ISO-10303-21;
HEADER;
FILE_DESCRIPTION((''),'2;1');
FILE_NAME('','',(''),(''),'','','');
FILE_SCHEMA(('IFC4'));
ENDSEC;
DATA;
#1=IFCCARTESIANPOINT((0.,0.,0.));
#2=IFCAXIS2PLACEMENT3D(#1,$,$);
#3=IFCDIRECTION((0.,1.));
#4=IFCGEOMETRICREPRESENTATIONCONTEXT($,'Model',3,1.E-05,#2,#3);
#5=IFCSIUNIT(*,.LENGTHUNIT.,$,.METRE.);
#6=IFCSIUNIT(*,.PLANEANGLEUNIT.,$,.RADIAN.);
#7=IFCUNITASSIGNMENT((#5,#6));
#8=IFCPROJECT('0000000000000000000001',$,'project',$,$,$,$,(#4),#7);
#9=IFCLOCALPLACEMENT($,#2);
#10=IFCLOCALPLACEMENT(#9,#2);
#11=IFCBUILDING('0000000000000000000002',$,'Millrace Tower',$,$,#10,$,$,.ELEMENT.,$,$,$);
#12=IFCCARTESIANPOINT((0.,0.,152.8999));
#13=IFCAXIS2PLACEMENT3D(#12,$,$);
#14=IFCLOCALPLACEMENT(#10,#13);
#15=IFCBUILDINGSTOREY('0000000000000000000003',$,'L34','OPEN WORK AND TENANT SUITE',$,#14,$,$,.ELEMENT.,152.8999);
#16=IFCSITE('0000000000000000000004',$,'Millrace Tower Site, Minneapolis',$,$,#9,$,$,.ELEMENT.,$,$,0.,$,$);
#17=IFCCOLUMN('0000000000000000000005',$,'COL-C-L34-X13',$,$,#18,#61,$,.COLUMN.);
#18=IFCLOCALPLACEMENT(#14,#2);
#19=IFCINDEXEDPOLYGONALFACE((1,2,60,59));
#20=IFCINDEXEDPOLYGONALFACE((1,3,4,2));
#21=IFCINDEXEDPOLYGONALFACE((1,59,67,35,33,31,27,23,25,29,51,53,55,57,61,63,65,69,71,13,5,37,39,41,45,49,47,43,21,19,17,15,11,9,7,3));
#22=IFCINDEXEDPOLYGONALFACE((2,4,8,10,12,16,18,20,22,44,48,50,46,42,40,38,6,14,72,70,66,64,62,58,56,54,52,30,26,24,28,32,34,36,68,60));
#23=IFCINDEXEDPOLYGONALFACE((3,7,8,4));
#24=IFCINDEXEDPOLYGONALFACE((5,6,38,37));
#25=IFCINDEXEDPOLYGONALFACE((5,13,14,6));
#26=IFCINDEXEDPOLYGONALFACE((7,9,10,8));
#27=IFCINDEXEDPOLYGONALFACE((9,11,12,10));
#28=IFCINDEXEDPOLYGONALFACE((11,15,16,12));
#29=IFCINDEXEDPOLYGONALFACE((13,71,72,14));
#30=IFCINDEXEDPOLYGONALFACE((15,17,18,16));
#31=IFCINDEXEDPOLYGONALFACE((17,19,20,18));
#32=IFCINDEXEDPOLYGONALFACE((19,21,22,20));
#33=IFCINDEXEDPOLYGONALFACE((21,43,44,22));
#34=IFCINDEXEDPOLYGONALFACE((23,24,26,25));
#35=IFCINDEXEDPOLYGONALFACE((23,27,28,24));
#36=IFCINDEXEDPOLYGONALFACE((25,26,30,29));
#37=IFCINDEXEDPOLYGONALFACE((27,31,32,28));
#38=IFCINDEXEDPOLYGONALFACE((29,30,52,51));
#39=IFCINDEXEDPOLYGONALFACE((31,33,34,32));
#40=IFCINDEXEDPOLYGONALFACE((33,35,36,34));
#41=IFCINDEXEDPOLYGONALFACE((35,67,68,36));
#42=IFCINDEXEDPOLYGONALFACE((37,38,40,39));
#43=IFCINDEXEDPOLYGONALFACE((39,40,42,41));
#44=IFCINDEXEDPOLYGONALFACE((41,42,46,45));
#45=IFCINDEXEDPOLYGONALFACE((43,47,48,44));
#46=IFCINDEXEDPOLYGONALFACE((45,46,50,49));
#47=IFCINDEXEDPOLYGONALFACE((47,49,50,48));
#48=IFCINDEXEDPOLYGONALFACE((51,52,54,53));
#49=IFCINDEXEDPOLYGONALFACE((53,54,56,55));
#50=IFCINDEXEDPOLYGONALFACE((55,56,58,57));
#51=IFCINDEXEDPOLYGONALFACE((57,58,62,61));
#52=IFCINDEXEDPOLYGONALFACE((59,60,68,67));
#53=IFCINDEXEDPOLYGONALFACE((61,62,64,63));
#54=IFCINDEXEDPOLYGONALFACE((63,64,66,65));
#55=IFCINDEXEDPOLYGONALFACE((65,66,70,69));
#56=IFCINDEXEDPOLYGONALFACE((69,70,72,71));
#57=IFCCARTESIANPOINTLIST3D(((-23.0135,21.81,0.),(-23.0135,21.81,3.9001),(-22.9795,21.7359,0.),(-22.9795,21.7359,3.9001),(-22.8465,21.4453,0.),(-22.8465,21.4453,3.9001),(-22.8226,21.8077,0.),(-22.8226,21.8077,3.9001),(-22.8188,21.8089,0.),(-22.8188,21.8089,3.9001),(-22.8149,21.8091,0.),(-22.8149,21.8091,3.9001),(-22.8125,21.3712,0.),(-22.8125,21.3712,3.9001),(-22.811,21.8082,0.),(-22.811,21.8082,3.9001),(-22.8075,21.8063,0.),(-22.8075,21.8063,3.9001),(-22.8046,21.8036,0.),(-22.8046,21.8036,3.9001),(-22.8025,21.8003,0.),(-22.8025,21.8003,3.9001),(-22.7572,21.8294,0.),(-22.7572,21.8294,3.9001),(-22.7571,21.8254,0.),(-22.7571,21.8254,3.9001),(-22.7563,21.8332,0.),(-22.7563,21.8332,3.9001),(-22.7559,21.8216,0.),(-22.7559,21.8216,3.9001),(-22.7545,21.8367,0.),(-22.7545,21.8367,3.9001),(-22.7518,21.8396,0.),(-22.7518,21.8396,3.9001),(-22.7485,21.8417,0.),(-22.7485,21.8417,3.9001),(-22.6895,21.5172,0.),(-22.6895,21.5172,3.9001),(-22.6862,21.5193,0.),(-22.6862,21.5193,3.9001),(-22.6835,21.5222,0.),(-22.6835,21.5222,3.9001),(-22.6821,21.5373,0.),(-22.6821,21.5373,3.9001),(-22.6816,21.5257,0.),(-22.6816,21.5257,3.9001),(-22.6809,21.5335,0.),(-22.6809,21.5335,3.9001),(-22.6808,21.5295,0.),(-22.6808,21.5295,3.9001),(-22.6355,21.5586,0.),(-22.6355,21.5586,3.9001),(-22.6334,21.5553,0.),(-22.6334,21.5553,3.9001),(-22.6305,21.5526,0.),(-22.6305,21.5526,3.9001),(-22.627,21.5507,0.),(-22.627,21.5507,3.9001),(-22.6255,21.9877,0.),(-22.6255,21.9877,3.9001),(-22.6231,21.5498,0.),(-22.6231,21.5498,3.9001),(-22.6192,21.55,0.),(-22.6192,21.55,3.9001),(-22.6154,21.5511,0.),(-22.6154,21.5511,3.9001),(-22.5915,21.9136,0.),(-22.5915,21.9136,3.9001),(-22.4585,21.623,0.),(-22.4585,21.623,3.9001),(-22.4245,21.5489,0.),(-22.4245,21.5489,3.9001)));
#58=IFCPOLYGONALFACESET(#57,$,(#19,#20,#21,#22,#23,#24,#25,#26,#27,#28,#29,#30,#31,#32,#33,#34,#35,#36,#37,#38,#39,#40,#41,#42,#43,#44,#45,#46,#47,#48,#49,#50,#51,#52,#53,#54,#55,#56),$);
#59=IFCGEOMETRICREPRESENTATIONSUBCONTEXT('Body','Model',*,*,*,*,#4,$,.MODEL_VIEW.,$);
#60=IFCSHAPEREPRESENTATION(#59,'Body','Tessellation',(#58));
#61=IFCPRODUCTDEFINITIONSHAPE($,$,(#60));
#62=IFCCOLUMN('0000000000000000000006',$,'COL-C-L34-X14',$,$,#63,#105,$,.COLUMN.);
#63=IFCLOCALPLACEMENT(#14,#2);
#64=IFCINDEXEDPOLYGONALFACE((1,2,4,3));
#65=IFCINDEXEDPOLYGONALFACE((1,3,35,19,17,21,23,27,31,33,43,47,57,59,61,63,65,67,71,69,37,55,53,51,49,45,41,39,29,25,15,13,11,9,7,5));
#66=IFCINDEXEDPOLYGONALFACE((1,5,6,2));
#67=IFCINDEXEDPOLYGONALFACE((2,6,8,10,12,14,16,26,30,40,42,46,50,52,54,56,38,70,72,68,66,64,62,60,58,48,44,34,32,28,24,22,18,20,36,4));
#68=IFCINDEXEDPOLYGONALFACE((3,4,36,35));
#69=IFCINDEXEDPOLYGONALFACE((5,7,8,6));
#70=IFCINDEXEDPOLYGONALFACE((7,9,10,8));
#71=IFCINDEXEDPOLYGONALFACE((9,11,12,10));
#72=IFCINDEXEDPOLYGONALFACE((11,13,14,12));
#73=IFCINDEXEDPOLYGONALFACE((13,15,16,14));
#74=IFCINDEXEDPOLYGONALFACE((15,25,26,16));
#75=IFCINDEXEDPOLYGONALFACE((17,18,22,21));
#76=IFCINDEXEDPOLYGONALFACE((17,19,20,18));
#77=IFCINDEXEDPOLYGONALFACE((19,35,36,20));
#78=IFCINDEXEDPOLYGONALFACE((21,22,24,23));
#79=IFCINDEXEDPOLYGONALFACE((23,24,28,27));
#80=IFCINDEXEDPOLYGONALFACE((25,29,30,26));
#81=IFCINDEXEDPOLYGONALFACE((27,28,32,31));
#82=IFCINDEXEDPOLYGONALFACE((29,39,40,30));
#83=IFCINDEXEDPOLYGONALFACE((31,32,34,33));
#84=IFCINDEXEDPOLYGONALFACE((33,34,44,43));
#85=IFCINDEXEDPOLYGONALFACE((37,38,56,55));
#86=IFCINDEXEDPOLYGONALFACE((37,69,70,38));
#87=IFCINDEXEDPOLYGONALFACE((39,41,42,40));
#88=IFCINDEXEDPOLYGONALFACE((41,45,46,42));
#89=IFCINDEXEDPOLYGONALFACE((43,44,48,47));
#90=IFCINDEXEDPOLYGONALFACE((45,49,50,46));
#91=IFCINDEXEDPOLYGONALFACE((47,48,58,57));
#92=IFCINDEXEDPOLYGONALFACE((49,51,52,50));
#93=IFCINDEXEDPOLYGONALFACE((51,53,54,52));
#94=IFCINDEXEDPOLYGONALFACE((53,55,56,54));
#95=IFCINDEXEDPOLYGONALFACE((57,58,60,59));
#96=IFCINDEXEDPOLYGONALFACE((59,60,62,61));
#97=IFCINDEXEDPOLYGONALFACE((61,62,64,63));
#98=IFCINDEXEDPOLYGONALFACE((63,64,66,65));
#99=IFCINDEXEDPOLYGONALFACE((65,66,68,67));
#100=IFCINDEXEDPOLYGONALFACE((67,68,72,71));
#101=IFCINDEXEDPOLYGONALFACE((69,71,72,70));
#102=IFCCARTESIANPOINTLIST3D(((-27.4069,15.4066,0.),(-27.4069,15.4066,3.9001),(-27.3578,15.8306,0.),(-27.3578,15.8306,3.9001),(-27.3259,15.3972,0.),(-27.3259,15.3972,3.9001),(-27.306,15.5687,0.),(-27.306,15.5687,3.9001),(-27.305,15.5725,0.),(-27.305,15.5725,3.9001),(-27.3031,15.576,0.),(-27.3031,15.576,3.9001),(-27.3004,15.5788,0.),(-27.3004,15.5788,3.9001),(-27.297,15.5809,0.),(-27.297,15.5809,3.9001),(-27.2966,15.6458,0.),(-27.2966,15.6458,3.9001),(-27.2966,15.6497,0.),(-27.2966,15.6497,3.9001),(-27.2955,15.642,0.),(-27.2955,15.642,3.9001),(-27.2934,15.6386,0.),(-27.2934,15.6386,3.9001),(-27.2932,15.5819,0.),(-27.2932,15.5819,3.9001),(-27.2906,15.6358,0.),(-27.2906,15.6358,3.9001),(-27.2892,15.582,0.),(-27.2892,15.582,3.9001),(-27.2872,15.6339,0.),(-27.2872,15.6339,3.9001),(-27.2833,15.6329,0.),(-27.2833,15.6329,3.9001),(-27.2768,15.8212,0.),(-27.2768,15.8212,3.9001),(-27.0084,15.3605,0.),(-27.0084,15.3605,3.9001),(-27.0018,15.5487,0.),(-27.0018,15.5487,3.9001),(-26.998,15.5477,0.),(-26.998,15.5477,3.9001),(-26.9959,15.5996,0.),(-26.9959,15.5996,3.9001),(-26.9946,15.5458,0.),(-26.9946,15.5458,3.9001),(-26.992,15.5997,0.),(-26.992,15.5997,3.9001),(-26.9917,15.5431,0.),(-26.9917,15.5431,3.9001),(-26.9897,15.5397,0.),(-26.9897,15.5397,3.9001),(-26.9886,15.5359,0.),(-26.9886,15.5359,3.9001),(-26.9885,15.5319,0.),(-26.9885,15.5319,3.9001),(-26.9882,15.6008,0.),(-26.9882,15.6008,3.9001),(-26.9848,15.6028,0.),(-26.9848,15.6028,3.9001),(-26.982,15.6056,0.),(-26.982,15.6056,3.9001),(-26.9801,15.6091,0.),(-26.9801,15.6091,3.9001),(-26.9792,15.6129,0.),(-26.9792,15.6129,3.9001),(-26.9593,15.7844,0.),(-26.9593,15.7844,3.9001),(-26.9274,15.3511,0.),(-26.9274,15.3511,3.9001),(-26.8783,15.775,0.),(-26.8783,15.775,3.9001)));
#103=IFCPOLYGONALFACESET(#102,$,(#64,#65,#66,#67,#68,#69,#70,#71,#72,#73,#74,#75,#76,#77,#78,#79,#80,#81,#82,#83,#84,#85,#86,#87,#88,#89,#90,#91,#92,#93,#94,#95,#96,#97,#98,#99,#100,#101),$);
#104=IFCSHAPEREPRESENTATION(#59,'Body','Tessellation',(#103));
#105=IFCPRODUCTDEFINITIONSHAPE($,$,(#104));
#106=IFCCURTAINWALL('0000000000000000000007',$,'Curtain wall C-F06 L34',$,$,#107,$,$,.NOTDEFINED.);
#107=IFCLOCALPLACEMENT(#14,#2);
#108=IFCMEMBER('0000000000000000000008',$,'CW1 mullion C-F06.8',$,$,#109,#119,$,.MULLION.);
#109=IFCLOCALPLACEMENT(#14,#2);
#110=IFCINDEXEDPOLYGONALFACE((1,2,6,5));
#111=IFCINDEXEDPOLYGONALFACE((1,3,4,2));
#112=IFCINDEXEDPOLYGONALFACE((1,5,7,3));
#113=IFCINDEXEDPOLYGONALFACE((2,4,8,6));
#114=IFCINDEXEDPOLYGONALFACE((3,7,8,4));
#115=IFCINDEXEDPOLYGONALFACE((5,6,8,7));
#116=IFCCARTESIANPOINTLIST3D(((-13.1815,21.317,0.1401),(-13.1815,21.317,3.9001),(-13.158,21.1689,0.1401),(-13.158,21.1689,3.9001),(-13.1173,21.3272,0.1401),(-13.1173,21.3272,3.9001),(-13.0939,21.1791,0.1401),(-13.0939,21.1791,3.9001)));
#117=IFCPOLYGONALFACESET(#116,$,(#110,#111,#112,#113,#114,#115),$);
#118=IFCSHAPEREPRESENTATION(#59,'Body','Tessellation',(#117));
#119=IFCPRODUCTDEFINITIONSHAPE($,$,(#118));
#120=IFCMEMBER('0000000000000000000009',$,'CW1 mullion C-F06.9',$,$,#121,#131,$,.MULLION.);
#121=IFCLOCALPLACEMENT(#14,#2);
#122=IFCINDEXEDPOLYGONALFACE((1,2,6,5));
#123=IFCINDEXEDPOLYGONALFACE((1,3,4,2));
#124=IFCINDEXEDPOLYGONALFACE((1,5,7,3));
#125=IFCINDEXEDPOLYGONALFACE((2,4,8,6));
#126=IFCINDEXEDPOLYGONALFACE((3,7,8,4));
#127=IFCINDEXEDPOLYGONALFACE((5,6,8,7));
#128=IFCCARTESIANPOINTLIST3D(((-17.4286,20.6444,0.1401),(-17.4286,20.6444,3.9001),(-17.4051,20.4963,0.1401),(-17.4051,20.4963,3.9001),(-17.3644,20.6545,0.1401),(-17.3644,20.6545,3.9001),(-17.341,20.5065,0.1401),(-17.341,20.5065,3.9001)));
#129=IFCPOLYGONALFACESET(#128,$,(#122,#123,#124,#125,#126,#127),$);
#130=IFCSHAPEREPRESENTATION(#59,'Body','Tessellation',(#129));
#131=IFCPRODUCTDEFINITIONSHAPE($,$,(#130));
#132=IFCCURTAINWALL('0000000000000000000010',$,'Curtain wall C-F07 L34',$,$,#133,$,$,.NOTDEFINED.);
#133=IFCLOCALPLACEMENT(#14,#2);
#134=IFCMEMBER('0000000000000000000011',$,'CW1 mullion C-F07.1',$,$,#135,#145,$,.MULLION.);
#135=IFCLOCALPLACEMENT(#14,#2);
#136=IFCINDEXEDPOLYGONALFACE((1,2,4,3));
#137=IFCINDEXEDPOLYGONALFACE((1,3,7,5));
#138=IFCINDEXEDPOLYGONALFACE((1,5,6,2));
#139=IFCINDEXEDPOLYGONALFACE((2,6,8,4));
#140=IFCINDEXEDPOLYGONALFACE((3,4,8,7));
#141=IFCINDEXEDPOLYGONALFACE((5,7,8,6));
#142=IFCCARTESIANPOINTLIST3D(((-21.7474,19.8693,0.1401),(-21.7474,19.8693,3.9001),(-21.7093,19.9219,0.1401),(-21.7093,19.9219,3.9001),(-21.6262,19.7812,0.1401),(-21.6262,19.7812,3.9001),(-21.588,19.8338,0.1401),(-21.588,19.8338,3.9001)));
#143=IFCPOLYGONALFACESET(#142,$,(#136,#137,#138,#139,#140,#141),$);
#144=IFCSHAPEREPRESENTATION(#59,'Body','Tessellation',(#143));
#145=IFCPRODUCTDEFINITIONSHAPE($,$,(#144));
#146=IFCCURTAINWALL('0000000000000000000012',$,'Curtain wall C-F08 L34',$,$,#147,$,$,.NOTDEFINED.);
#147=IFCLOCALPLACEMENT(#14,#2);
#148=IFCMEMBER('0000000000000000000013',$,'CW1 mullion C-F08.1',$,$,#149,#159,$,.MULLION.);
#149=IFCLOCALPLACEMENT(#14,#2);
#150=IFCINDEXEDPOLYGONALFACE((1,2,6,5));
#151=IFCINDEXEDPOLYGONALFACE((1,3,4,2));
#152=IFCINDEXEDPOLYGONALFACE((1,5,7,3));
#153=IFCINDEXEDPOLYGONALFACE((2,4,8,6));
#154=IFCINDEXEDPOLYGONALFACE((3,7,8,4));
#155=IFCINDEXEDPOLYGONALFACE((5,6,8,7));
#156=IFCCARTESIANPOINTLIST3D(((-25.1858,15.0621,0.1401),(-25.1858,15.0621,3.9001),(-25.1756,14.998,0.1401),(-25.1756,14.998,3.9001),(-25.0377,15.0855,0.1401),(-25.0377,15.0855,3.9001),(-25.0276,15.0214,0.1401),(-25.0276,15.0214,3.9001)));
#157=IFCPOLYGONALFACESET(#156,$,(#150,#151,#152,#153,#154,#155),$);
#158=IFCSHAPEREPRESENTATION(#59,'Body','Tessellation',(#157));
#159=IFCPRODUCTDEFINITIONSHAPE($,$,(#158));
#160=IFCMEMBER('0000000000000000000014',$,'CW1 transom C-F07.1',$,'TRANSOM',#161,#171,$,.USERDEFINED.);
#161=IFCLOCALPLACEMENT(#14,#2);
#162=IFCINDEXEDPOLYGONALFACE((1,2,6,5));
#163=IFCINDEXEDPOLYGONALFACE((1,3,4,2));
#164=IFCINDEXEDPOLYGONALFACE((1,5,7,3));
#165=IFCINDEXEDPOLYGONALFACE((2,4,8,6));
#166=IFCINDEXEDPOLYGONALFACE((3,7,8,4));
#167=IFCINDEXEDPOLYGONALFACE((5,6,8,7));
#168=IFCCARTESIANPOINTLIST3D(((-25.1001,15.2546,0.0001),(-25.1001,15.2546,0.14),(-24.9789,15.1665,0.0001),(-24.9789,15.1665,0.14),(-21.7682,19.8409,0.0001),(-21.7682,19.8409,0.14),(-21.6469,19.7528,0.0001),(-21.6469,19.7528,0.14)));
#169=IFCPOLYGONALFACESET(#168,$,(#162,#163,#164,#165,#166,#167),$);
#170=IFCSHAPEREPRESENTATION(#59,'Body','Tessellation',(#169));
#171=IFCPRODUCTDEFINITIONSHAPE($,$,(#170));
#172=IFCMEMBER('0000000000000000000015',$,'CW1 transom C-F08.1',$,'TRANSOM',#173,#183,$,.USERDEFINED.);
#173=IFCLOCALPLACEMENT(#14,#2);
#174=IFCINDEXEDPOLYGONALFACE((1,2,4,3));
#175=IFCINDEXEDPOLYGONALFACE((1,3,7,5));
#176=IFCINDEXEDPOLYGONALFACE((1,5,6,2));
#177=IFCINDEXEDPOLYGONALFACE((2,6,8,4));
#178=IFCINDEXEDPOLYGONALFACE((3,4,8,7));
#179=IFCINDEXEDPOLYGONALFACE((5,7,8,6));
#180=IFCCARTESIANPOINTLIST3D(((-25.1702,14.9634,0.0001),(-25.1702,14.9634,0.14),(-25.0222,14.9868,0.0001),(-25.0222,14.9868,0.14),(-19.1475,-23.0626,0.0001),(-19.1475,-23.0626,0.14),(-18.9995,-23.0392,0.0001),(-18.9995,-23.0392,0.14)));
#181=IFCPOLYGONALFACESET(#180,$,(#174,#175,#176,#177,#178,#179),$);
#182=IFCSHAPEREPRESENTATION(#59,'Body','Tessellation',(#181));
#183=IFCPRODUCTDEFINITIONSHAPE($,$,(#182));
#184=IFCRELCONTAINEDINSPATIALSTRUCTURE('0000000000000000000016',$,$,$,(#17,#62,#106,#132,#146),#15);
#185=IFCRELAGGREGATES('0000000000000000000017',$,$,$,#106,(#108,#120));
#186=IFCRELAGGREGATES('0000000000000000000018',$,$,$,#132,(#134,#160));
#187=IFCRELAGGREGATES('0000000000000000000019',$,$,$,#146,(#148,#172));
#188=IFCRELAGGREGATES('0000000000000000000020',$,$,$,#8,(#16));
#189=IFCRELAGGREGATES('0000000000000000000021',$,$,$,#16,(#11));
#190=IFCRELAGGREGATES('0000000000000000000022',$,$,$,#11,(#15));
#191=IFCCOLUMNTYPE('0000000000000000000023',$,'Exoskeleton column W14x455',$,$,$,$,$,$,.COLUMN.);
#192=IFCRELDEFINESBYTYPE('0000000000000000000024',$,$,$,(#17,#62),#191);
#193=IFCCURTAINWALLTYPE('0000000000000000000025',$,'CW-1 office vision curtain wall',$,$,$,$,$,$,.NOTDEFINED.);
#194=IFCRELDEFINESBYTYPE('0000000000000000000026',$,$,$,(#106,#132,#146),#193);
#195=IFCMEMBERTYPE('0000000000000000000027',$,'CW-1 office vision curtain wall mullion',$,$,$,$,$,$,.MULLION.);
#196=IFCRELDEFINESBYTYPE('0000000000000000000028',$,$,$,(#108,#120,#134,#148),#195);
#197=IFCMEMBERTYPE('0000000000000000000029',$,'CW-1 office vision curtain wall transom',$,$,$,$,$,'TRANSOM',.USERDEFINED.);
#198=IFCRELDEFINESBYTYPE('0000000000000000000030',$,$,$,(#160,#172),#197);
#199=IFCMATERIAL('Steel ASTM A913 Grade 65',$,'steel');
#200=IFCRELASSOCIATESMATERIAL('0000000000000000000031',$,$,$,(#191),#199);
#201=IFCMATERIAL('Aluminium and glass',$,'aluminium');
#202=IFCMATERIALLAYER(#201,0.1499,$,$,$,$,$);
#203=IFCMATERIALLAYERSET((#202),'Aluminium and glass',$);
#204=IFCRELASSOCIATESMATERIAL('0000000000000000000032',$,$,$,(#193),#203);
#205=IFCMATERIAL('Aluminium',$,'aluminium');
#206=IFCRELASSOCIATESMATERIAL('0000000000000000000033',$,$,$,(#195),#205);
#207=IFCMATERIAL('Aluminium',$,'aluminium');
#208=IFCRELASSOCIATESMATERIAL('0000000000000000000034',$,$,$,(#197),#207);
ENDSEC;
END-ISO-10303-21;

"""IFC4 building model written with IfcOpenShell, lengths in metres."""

from ifc_helpers import new_model, si_unit, direction, frame, origin, origin_2d, place, context, subcontext, project, spatial, rectangle, i_section, extrude, material, layer, layer_set, material_profile, profile_set, type_object, element, aggregate, save


model = new_model("IFC4")

# Units and contexts
model_context = context("Model", 3, precision=1e-05, world=origin(), true_north=direction((0.0, 1.0)))
body_context = subcontext(model_context, "Body", "Model", "MODEL_VIEW")
ifc_project = project(units=[si_unit("LENGTHUNIT", "METRE"), si_unit("PLANEANGLEUNIT", "RADIAN")], contexts=[model_context])

# Site, building, storey
site_placement = place(None, origin())
site = spatial("IfcSite", under=ifc_project, at=site_placement, Name="Millrace Tower Site, Minneapolis", CompositionType="ELEMENT", RefElevation=0.0)
building_placement = place(site_placement, origin())
building = spatial("IfcBuilding", under=site, at=building_placement, Name="Millrace Tower", CompositionType="ELEMENT")
storey_placement = place(building_placement, frame((0.0, 0.0, 152.8999)))
storey = spatial("IfcBuildingStorey", under=building, at=storey_placement, Name="L34", Description="OPEN WORK AND TENANT SUITE", CompositionType="ELEMENT", Elevation=152.8999)

# Columns
ifc_material_1 = material(Name="Steel ASTM A913 Grade 65", Category="steel")
ifc_material_profile_1 = material_profile(ifc_material_1, i_section(OverallWidth=0.4268, OverallDepth=0.4827, WebThickness=0.0513, FlangeThickness=0.0815, FilletRadius=0.0151, at=origin_2d()))
ifc_profile_set_1 = profile_set([ifc_material_profile_1], Name="Steel ASTM A913 Grade 65")
column_type = type_object("IfcColumnType", Name="Exoskeleton column W14x455", PredefinedType="COLUMN", material=ifc_profile_set_1)
for number, where, z_axis, x_axis, name in (
    (1, (-22.719, 21.6794, 0.0), (0.0, 0.0, 1.0), (-0.909181, -0.416401, 0.0), "COL-C-L34-X13"),
    (2, (-27.1426, 15.5908, 0.0), (0.0, 0.0, 1.0), (-0.115069, -0.993358, 0.0), "COL-C-L34-X14"),
):
    element("IfcColumn", number, at=place(storey_placement, frame(where, z_axis=z_axis, x_axis=x_axis)), inside=storey, type_object=column_type, Name=name, PredefinedType="COLUMN", context=body_context, shape_type="SweptSolid", body=[
        extrude(i_section(OverallWidth=0.4268, OverallDepth=0.4827, WebThickness=0.0513, FlangeThickness=0.0815, FilletRadius=0.0151, at=origin_2d()), origin(), (0.0, 0.0, 1.0), 3.9001),
    ])

# Curtain wall, members
ifc_material_2 = material(Name="Aluminium and glass", Category="aluminium")
ifc_layer_1 = layer(ifc_material_2, 0.1499)
ifc_layer_set_1 = layer_set([ifc_layer_1], Name="Aluminium and glass")
curtain_wall_type = type_object("IfcCurtainWallType", Name="CW-1 office vision curtain wall", PredefinedType="NOTDEFINED", material=ifc_layer_set_1)
placement = place(storey_placement, origin())
curtain_wall_1 = element("IfcCurtainWall", 3, at=placement, inside=storey, type_object=curtain_wall_type, Name="Curtain wall C-F06 L34", PredefinedType="NOTDEFINED")
ifc_material_3 = material(Name="Aluminium", Category="aluminium")
ifc_material_profile_2 = material_profile(ifc_material_3, rectangle(XDim=0.0649, YDim=0.1499, at=origin_2d()))
ifc_profile_set_2 = profile_set([ifc_material_profile_2], Name="Aluminium")
member_type_1 = type_object("IfcMemberType", Name="CW-1 office vision curtain wall mullion", PredefinedType="MULLION", material=ifc_profile_set_2)
member_1_placement = place(storey_placement, frame((-13.1377, 21.248, 0.1401), z_axis=(0.0, 0.0, 1.0), x_axis=(-0.987688, -0.156434, 0.0)))
member_1 = element("IfcMember", 4, at=member_1_placement, type_object=member_type_1, Name="CW1 mullion C-F06.8", PredefinedType="MULLION", context=body_context, shape_type="SweptSolid", body=[
    extrude(rectangle(XDim=0.0649, YDim=0.1499, at=origin_2d()), origin(), (0.0, 0.0, 1.0), 3.76),
])
member_2_placement = place(storey_placement, frame((-17.3848, 20.5754, 0.1401), z_axis=(0.0, 0.0, 1.0), x_axis=(-0.987688, -0.156434, 0.0)))
member_2 = element("IfcMember", 5, at=member_2_placement, type_object=member_type_1, Name="CW1 mullion C-F06.9", PredefinedType="MULLION", context=body_context, shape_type="SweptSolid", body=[
    extrude(rectangle(XDim=0.0649, YDim=0.1499, at=origin_2d()), origin(), (0.0, 0.0, 1.0), 3.76),
])
aggregate(curtain_wall_1, [member_1, member_2])

# Curtain walls, members
curtain_wall_2 = element("IfcCurtainWall", 6, at=placement, inside=storey, type_object=curtain_wall_type, Name="Curtain wall C-F07 L34", PredefinedType="NOTDEFINED")
member_3_placement = place(storey_placement, frame((-21.6677, 19.8516, 0.1401), z_axis=(0.0, 0.0, 1.0), x_axis=(-0.587785, -0.809017, 0.0)))
member_3 = element("IfcMember", 7, at=member_3_placement, type_object=member_type_1, Name="CW1 mullion C-F07.1", PredefinedType="MULLION", context=body_context, shape_type="SweptSolid", body=[
    extrude(rectangle(XDim=0.0649, YDim=0.1499, at=origin_2d()), origin(), (0.0, 0.0, 1.0), 3.76),
])
curtain_wall_3 = element("IfcCurtainWall", 8, at=placement, inside=storey, type_object=curtain_wall_type, Name="Curtain wall C-F08 L34", PredefinedType="NOTDEFINED")
member_4_placement = place(storey_placement, frame((-25.1067, 15.0417, 0.1401), z_axis=(0.0, 0.0, 1.0), x_axis=(0.156434, -0.987688, 0.0)))
member_4 = element("IfcMember", 9, at=member_4_placement, type_object=member_type_1, Name="CW1 mullion C-F08.1", PredefinedType="MULLION", context=body_context, shape_type="SweptSolid", body=[
    extrude(rectangle(XDim=0.0649, YDim=0.1499, at=origin_2d()), origin(), (0.0, 0.0, 1.0), 3.76),
])

# Members
ifc_material_4 = material(Name="Aluminium", Category="aluminium")
ifc_material_profile_3 = material_profile(ifc_material_4, rectangle(XDim=0.1499, YDim=0.1399, at=origin_2d()))
ifc_profile_set_3 = profile_set([ifc_material_profile_3], Name="Aluminium")
member_type_2 = type_object("IfcMemberType", Name="CW-1 office vision curtain wall transom", ElementType="TRANSOM", PredefinedType="USERDEFINED", material=ifc_profile_set_3)
member_5_placement = place(storey_placement, frame((-21.7075, 19.7969, 0.0701), z_axis=(-0.587762, -0.809034, 0.0), x_axis=(0.809034, -0.587762, 0.0)))
member_5 = element("IfcMember", 10, at=member_5_placement, type_object=member_type_2, Name="CW1 transom C-F07.1", ObjectType="TRANSOM", PredefinedType="USERDEFINED", context=body_context, shape_type="SweptSolid", body=[
    extrude(rectangle(XDim=0.1499, YDim=0.1399, at=origin_2d()), origin(), (0.0, 0.0, 1.0), 5.6689),
])
aggregate(curtain_wall_2, [member_3, member_5])
member_6_placement = place(storey_placement, frame((-25.0962, 14.9751, 0.0701), z_axis=(0.156433, -0.987689, 0.0), x_axis=(0.987689, 0.156433, 0.0)))
member_6 = element("IfcMember", 11, at=member_6_placement, type_object=member_type_2, Name="CW1 transom C-F08.1", ObjectType="TRANSOM", PredefinedType="USERDEFINED", context=body_context, shape_type="SweptSolid", body=[
    extrude(rectangle(XDim=0.1499, YDim=0.1399, at=origin_2d()), origin(), (0.0, 0.0, 1.0), 38.5),
])
aggregate(curtain_wall_3, [member_4, member_6])

save(model, "model.ifc")
